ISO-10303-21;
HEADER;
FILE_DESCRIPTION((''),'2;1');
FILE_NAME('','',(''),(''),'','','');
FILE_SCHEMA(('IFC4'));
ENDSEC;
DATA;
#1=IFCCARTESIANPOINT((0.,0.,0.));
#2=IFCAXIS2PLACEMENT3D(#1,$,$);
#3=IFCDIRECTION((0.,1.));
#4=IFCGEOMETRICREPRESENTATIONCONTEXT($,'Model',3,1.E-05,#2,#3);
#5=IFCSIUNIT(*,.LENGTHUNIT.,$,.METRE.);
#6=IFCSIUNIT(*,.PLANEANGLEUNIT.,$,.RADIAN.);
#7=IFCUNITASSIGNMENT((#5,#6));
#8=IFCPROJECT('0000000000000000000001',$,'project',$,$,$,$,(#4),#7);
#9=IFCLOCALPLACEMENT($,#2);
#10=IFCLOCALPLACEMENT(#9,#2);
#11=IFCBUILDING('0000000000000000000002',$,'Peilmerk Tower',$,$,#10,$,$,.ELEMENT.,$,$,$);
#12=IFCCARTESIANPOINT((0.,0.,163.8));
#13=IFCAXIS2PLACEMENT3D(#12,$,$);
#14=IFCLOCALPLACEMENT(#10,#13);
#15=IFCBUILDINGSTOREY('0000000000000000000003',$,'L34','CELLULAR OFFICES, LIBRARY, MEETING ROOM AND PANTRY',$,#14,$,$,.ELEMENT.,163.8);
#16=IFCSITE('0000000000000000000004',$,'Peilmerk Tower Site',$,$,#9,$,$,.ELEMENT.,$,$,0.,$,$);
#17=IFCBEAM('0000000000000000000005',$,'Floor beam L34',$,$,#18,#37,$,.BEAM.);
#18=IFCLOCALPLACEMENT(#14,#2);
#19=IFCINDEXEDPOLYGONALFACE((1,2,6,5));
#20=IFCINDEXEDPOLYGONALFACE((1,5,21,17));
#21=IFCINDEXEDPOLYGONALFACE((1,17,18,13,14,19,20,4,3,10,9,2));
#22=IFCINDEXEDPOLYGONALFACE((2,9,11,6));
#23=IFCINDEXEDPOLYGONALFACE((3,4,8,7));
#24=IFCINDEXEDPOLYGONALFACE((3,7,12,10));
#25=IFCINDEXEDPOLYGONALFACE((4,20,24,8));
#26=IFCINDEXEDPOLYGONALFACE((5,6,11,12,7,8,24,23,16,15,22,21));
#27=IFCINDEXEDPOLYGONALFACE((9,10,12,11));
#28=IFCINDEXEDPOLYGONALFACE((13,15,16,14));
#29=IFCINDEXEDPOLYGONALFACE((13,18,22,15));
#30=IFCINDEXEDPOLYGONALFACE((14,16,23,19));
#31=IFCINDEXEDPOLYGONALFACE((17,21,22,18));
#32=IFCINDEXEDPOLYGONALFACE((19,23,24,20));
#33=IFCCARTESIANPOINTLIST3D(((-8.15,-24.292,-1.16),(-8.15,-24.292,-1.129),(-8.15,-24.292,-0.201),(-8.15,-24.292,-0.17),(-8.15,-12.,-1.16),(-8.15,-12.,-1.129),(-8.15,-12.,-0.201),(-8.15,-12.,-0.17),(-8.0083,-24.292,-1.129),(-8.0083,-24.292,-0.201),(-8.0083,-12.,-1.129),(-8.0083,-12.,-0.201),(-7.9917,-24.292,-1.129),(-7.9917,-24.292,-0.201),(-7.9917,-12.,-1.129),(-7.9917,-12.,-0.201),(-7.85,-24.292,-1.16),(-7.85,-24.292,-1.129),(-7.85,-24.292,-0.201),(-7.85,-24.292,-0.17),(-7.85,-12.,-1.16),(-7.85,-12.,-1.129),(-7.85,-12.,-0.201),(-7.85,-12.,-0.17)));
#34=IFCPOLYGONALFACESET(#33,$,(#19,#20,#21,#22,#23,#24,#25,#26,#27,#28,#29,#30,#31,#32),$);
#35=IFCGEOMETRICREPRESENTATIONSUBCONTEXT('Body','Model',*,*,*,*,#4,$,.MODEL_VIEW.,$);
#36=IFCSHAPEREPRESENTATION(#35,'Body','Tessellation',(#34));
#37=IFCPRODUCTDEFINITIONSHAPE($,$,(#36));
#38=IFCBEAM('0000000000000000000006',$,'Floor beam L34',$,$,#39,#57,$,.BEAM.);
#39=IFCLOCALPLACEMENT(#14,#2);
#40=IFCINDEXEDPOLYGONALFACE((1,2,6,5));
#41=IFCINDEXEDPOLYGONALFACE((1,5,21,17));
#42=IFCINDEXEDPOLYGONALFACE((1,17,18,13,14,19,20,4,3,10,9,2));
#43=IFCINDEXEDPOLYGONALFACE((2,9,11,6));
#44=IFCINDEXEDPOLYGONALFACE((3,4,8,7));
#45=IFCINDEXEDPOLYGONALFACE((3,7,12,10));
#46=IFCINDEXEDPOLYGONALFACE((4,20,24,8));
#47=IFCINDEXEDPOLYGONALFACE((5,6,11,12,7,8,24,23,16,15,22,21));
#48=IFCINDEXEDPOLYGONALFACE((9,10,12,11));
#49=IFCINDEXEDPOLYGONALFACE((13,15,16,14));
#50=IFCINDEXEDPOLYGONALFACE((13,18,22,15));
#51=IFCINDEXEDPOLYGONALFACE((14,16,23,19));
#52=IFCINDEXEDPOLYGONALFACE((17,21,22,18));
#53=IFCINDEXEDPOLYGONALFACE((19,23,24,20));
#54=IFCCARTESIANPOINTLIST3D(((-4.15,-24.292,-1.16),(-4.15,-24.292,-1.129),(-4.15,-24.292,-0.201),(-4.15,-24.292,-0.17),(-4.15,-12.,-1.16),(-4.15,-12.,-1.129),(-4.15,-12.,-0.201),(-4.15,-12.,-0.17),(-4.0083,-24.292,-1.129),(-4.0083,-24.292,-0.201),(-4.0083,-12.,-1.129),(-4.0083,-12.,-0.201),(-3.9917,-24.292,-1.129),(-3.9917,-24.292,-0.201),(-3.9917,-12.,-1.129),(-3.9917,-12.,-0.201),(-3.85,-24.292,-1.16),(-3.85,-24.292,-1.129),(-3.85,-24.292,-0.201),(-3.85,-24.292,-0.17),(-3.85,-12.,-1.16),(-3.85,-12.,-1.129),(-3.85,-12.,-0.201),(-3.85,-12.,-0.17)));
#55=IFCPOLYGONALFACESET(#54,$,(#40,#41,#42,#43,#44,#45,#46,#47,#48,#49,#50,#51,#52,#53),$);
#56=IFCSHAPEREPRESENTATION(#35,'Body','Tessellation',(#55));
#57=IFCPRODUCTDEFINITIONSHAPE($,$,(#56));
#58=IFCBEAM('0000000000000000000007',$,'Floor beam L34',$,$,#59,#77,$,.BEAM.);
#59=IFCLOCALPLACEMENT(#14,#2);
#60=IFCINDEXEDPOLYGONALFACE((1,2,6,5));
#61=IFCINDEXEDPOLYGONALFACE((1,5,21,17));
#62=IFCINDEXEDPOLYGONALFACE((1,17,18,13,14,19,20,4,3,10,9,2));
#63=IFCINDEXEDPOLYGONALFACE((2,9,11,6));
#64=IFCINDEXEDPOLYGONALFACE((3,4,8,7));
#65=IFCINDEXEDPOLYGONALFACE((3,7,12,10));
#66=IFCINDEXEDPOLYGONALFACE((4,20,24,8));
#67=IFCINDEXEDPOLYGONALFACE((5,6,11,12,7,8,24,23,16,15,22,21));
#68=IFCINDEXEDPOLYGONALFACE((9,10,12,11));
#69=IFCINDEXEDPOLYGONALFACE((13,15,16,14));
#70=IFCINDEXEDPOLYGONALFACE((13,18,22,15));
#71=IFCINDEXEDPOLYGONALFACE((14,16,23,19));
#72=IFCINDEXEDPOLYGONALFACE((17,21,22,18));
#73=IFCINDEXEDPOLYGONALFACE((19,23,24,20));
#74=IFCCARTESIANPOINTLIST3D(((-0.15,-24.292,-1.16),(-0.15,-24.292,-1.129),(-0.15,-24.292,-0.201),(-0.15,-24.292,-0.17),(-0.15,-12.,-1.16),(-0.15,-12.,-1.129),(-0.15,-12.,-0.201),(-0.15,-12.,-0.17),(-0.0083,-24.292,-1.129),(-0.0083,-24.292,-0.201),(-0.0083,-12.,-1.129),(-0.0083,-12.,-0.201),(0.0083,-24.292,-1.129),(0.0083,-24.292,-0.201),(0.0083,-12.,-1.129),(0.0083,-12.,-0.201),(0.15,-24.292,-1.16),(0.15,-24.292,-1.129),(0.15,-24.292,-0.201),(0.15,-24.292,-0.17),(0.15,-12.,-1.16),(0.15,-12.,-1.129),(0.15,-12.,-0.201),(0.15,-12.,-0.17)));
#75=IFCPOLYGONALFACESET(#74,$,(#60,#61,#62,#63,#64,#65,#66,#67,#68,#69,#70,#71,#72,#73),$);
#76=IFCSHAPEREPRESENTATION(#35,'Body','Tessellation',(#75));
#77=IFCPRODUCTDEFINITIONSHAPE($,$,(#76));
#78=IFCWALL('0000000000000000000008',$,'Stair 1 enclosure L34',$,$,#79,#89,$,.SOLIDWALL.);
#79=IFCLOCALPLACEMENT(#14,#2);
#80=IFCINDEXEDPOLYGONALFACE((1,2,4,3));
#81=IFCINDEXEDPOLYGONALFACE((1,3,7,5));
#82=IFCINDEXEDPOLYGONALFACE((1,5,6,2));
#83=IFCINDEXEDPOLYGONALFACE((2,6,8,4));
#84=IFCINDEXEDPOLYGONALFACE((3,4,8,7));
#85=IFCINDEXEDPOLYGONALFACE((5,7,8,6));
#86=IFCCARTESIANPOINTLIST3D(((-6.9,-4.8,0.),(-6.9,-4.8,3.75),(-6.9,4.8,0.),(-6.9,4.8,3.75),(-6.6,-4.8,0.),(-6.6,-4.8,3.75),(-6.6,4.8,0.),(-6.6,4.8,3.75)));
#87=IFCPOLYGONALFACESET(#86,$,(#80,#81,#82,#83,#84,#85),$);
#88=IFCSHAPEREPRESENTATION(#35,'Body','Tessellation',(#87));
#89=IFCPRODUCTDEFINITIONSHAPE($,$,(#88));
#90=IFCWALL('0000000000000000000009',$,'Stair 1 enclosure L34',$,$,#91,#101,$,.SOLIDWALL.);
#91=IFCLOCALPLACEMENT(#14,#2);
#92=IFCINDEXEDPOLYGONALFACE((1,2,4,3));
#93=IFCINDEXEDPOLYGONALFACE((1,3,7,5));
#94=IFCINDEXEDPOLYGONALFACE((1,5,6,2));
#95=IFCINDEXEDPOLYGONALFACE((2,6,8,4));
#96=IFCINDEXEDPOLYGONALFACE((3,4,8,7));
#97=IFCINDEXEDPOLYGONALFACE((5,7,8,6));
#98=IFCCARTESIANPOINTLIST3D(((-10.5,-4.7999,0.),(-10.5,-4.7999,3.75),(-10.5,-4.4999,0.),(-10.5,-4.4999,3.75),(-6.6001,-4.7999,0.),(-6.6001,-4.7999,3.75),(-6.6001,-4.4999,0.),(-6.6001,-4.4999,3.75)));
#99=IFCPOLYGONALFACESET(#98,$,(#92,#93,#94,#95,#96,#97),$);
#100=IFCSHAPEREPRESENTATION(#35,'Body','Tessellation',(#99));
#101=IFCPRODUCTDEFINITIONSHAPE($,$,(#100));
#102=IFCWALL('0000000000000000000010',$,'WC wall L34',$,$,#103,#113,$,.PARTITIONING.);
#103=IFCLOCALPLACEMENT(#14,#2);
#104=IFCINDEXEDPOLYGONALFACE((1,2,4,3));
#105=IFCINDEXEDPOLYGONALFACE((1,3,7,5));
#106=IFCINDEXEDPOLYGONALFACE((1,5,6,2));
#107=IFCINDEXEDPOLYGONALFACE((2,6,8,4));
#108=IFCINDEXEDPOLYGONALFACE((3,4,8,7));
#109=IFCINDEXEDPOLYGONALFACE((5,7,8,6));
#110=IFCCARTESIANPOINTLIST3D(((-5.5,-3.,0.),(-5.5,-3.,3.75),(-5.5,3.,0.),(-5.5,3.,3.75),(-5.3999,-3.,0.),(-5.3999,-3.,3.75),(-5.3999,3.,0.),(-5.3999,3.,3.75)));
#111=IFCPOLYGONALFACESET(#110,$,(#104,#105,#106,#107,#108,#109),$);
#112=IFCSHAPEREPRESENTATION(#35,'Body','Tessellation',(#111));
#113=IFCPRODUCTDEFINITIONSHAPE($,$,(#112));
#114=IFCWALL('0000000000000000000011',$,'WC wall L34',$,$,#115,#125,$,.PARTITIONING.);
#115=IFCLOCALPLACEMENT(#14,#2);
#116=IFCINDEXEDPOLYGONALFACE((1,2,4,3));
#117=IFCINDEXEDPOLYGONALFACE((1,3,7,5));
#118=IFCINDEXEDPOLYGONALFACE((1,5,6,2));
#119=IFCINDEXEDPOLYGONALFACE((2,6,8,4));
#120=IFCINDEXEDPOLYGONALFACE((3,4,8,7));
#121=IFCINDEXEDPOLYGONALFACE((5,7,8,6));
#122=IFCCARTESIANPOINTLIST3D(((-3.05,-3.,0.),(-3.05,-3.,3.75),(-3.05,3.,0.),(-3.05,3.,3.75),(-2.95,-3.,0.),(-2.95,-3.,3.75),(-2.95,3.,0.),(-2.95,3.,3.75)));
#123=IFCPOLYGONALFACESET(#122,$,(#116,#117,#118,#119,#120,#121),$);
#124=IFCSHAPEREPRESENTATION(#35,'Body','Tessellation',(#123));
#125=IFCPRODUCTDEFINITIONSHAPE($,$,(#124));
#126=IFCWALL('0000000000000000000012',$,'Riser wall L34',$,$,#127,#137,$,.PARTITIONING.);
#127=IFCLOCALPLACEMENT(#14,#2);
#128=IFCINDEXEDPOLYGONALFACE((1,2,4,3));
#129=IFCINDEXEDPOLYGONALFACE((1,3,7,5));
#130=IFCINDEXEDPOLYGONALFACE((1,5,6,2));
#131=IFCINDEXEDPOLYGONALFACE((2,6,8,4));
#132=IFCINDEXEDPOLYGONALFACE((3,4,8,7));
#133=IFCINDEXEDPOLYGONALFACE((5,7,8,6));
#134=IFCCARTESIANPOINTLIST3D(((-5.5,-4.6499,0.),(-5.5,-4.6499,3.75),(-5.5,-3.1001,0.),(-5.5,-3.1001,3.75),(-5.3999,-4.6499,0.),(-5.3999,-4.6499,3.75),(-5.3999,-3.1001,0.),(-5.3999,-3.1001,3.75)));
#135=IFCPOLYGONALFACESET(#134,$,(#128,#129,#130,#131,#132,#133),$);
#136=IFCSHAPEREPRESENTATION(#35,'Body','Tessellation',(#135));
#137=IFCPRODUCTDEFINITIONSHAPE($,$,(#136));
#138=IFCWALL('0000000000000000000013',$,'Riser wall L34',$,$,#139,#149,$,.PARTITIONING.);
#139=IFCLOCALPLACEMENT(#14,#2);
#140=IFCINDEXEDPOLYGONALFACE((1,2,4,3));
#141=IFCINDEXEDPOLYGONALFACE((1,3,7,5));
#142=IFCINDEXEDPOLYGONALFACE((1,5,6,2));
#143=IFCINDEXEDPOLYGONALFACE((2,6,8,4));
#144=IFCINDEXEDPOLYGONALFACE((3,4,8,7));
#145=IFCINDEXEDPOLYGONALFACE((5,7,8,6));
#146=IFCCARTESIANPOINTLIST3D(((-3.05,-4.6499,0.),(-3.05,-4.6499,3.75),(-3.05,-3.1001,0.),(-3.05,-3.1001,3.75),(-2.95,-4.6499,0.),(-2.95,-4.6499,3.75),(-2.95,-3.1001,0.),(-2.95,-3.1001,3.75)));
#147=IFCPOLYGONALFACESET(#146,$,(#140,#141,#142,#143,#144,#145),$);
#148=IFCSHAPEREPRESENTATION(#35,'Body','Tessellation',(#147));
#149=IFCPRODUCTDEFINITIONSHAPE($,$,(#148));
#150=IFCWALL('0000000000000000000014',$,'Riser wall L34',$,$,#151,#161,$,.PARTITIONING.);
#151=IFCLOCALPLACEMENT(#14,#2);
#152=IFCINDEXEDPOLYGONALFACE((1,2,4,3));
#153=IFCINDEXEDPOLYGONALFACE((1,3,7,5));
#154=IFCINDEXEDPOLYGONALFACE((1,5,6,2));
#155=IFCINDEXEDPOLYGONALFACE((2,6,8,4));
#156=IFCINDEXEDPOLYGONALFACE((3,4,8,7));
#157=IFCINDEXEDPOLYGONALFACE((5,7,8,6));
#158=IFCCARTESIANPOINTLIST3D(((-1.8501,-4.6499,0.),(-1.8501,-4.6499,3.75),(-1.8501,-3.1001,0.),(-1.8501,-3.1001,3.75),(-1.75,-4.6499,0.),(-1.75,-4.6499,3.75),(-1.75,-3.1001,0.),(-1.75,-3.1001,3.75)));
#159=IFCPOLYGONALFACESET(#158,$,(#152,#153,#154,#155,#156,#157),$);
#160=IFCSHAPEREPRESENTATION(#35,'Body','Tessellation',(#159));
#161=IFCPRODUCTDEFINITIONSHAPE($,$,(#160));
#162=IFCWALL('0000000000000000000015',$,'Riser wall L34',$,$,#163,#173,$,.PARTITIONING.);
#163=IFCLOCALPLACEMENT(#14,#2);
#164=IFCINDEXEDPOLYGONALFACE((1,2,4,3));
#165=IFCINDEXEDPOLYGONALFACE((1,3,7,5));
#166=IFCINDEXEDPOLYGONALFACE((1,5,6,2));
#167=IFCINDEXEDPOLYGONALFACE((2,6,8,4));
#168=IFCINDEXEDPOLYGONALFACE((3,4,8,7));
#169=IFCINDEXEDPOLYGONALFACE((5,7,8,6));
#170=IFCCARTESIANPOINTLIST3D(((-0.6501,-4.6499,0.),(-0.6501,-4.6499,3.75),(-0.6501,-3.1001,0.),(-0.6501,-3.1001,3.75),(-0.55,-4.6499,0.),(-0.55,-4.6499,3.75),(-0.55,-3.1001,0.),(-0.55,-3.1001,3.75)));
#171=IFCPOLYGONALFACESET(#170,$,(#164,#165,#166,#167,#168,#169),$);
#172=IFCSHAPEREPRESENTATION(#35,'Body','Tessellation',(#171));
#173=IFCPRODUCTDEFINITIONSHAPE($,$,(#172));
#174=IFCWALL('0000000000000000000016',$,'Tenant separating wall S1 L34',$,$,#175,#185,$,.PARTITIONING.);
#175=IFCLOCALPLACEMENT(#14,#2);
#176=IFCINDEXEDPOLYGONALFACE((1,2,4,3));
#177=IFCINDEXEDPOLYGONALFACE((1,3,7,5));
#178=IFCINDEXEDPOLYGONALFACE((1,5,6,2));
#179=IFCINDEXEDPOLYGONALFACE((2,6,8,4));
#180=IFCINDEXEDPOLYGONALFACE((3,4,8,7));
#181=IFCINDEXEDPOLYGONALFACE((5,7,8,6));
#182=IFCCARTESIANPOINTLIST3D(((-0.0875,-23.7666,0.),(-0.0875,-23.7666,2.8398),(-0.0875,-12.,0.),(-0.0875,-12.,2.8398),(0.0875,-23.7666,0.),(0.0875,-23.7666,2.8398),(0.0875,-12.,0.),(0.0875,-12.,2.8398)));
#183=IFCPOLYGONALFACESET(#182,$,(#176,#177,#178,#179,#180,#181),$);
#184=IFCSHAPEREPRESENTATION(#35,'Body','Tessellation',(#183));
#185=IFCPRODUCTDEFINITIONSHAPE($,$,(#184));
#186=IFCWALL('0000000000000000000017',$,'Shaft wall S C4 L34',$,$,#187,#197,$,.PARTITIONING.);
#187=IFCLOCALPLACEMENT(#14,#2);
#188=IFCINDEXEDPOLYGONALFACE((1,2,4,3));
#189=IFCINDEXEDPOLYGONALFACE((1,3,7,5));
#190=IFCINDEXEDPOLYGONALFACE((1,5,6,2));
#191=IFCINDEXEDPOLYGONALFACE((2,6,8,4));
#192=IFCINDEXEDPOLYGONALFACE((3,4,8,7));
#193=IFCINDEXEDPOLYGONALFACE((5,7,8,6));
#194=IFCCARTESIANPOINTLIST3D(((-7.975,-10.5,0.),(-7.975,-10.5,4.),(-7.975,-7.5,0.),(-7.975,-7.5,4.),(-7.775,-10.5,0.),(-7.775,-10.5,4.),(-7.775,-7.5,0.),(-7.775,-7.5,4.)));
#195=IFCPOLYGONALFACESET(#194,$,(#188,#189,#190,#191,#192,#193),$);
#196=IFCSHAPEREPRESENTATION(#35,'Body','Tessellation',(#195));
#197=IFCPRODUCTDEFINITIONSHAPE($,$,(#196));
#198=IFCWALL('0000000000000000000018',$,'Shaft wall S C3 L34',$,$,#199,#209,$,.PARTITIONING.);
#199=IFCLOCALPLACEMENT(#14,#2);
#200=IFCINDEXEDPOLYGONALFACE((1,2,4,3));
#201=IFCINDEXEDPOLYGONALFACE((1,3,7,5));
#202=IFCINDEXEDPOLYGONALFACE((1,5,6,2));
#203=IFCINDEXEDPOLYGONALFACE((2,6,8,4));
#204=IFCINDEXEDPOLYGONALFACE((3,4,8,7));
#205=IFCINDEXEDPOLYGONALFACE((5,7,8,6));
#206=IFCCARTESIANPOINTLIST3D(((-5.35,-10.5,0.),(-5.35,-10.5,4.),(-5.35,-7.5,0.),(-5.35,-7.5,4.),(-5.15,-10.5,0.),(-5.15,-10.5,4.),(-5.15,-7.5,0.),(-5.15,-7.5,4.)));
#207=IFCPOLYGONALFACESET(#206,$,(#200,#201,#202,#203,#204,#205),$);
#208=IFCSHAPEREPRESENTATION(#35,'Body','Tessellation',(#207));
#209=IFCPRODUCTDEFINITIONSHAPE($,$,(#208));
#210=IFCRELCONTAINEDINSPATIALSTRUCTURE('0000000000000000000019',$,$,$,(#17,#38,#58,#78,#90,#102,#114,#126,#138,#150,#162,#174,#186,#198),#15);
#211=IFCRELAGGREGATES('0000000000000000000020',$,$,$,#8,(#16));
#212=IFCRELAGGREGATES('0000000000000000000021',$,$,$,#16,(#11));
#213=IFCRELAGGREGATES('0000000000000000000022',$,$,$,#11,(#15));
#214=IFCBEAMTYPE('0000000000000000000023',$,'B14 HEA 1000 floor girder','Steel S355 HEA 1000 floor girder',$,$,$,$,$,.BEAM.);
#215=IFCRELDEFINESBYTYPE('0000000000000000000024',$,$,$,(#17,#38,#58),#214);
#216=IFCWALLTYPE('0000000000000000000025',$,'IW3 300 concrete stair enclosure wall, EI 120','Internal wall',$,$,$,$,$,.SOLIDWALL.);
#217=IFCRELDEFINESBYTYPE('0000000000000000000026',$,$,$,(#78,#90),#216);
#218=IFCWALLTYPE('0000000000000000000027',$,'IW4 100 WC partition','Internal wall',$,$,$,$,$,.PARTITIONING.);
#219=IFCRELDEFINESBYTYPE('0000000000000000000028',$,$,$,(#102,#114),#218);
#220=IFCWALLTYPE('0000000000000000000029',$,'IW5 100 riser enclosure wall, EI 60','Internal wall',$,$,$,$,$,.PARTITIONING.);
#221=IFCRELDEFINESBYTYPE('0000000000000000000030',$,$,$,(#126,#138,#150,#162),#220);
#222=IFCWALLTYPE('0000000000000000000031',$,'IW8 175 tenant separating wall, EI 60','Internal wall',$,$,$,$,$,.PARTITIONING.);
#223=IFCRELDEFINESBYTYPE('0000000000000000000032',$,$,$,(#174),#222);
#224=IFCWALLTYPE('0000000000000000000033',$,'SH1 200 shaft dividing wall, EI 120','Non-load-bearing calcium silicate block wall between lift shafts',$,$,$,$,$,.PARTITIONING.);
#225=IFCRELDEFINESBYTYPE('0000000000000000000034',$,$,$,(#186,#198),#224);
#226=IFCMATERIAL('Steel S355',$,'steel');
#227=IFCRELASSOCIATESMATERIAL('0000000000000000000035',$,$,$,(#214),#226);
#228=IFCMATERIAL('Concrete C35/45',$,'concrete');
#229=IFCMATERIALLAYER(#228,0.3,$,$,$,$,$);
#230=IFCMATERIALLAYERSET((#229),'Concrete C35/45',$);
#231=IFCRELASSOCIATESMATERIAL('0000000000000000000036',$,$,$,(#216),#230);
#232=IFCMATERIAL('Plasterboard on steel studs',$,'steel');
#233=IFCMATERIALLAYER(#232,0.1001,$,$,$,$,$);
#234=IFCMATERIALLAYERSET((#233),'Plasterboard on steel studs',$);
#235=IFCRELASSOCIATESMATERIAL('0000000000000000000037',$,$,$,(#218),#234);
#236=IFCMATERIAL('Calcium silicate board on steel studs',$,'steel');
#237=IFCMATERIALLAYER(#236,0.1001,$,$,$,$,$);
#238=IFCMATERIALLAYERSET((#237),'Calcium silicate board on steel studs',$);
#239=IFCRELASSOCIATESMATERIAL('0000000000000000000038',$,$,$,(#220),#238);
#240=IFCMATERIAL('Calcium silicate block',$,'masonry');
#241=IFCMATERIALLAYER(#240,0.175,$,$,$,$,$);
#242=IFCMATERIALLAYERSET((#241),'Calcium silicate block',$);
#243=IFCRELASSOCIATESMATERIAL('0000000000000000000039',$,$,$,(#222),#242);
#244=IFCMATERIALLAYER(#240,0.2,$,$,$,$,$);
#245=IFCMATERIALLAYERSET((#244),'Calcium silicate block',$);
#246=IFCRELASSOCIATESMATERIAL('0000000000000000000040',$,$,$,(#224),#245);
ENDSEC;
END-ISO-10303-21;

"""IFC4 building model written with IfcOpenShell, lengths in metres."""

from ifc_helpers import new_model, si_unit, direction, frame, frame_2d, origin, origin_2d, place, context, subcontext, project, spatial, rectangle, i_section, extrude, material, layer, layer_set, material_profile, profile_set, type_object, element, save


model = new_model("IFC4")

# Units and contexts
model_context = context("Model", 3, precision=1e-05, world=origin(), true_north=direction((0.0, 1.0)))
body_context = subcontext(model_context, "Body", "Model", "MODEL_VIEW")
ifc_project = project(units=[si_unit("LENGTHUNIT", "METRE"), si_unit("PLANEANGLEUNIT", "RADIAN")], contexts=[model_context])

# Site, building, storey
site_placement = place(None, origin())
site = spatial("IfcSite", under=ifc_project, at=site_placement, Name="Peilmerk Tower Site", CompositionType="ELEMENT", RefElevation=0.0)
building_placement = place(site_placement, origin())
building = spatial("IfcBuilding", under=site, at=building_placement, Name="Peilmerk Tower", CompositionType="ELEMENT")
storey_placement = place(building_placement, frame((0.0, 0.0, 163.8)))
storey = spatial("IfcBuildingStorey", under=building, at=storey_placement, Name="L34", Description="CELLULAR OFFICES, LIBRARY, MEETING ROOM AND PANTRY", CompositionType="ELEMENT", Elevation=163.8)

# Beams
ifc_material_1 = material(Name="Steel S355", Category="steel")
ifc_material_profile = material_profile(ifc_material_1, i_section(OverallWidth=0.3, OverallDepth=0.99, WebThickness=0.0166, FlangeThickness=0.031, at=origin_2d()), Name="HEA 1000")
ifc_profile_set = profile_set([ifc_material_profile], Name="Steel S355")
beam_type = type_object("IfcBeamType", Name="B14 HEA 1000 floor girder", Description="Steel S355 HEA 1000 floor girder", PredefinedType="BEAM", material=ifc_profile_set)
for number, where, z_axis, x_axis, name in (
    (1, (-8.0, -12.0, -0.665), (0.0, -1.0, 0.0), (1.0, 0.0, 0.0), "Floor beam L34"),
    (2, (-4.0, -12.0, -0.665), (0.0, -1.0, 0.0), (1.0, 0.0, 0.0), "Floor beam L34"),
    (3, (0.0, -12.0, -0.665), (0.0, -1.0, 0.0), (1.0, 0.0, 0.0), "Floor beam L34"),
):
    element("IfcBeam", number, at=place(storey_placement, frame(where, z_axis=z_axis, x_axis=x_axis)), inside=storey, type_object=beam_type, Name=name, PredefinedType="BEAM", context=body_context, shape_type="SweptSolid", body=[
        extrude(i_section(OverallWidth=0.3, OverallDepth=0.99, WebThickness=0.0166, FlangeThickness=0.031, at=origin_2d()), origin(), (0.0, 0.0, 1.0), 12.292),
    ])

# Walls
ifc_material_2 = material(Name="Concrete C35/45", Category="concrete")
ifc_layer_1 = layer(ifc_material_2, 0.3)
ifc_layer_set_1 = layer_set([ifc_layer_1], Name="Concrete C35/45")
wall_type_1 = type_object("IfcWallType", Name="IW3 300 concrete stair enclosure wall, EI 120", Description="Internal wall", PredefinedType="SOLIDWALL", material=ifc_layer_set_1)
wall_1_placement = place(storey_placement, frame((-6.75, -4.8, 0.0), z_axis=(0.0, 0.0, 1.0), x_axis=(0.0, 1.0, 0.0)))
element("IfcWall", 4, at=wall_1_placement, inside=storey, type_object=wall_type_1, Name="Stair 1 enclosure L34", PredefinedType="SOLIDWALL", context=body_context, shape_type="SweptSolid", body=[
    extrude(rectangle(XDim=9.6001, YDim=0.3, at=frame_2d((4.8, 0.0))), origin(), (0.0, 0.0, 1.0), 3.75),
])
wall_2_placement = place(storey_placement, frame((-6.6001, -4.6499, 0.0), z_axis=(0.0, 0.0, 1.0), x_axis=(-1.0, 0.0, 0.0)))
element("IfcWall", 5, at=wall_2_placement, inside=storey, type_object=wall_type_1, Name="Stair 1 enclosure L34", PredefinedType="SOLIDWALL", context=body_context, shape_type="SweptSolid", body=[
    extrude(rectangle(XDim=3.8999, YDim=0.3, at=frame_2d((1.95, 0.0))), origin(), (0.0, 0.0, 1.0), 3.75),
])
ifc_material_3 = material(Name="Plasterboard on steel studs", Category="steel")
ifc_layer_2 = layer(ifc_material_3, 0.1001)
ifc_layer_set_2 = layer_set([ifc_layer_2], Name="Plasterboard on steel studs")
wall_type_2 = type_object("IfcWallType", Name="IW4 100 WC partition", Description="Internal wall", PredefinedType="PARTITIONING", material=ifc_layer_set_2)
for number, where, z_axis, x_axis, name in (
    (6, (-5.45, -3.0, 0.0), (0.0, 0.0, 1.0), (0.0, 1.0, 0.0), "WC wall L34"),
    (7, (-3.0, -3.0, 0.0), (0.0, 0.0, 1.0), (0.0, 1.0, 0.0), "WC wall L34"),
):
    element("IfcWall", number, at=place(storey_placement, frame(where, z_axis=z_axis, x_axis=x_axis)), inside=storey, type_object=wall_type_2, Name=name, PredefinedType="PARTITIONING", context=body_context, shape_type="SweptSolid", body=[
        extrude(rectangle(XDim=6.0, YDim=0.1001, at=frame_2d((3.0, 0.0))), origin(), (0.0, 0.0, 1.0), 3.75),
    ])
ifc_material_4 = material(Name="Calcium silicate board on steel studs", Category="steel")
ifc_layer_3 = layer(ifc_material_4, 0.1001)
ifc_layer_set_3 = layer_set([ifc_layer_3], Name="Calcium silicate board on steel studs")
wall_type_3 = type_object("IfcWallType", Name="IW5 100 riser enclosure wall, EI 60", Description="Internal wall", PredefinedType="PARTITIONING", material=ifc_layer_set_3)
for number, where, z_axis, x_axis, name in (
    (8, (-5.45, -3.1001, 0.0), (0.0, 0.0, 1.0), (0.0, -1.0, 0.0), "Riser wall L34"),
    (9, (-3.0, -3.1001, 0.0), (0.0, 0.0, 1.0), (0.0, -1.0, 0.0), "Riser wall L34"),
    (10, (-1.8, -3.1001, 0.0), (0.0, 0.0, 1.0), (0.0, -1.0, 0.0), "Riser wall L34"),
    (11, (-0.6001, -3.1001, 0.0), (0.0, 0.0, 1.0), (0.0, -1.0, 0.0), "Riser wall L34"),
):
    element("IfcWall", number, at=place(storey_placement, frame(where, z_axis=z_axis, x_axis=x_axis)), inside=storey, type_object=wall_type_3, Name=name, PredefinedType="PARTITIONING", context=body_context, shape_type="SweptSolid", body=[
        extrude(rectangle(XDim=1.5498, YDim=0.1001, at=frame_2d((0.7749, 0.0))), origin(), (0.0, 0.0, 1.0), 3.75),
    ])
ifc_material_5 = material(Name="Calcium silicate block", Category="masonry")
ifc_layer_4 = layer(ifc_material_5, 0.175)
ifc_layer_set_4 = layer_set([ifc_layer_4], Name="Calcium silicate block")
wall_type_4 = type_object("IfcWallType", Name="IW8 175 tenant separating wall, EI 60", Description="Internal wall", PredefinedType="PARTITIONING", material=ifc_layer_set_4)
wall_3_placement = place(storey_placement, frame((0.0, -12.0, 0.0), z_axis=(0.0, 0.0, 1.0), x_axis=(0.0, -1.0, 0.0)))
element("IfcWall", 12, at=wall_3_placement, inside=storey, type_object=wall_type_4, Name="Tenant separating wall S1 L34", PredefinedType="PARTITIONING", context=body_context, shape_type="SweptSolid", body=[
    extrude(rectangle(XDim=11.7666, YDim=0.175, at=frame_2d((5.8833, 0.0))), origin(), (0.0, 0.0, 1.0), 2.8398),
])
ifc_layer_5 = layer(ifc_material_5, 0.2)
ifc_layer_set_5 = layer_set([ifc_layer_5], Name="Calcium silicate block")
wall_type_5 = type_object("IfcWallType", Name="SH1 200 shaft dividing wall, EI 120", Description="Non-load-bearing calcium silicate block wall between lift shafts", PredefinedType="PARTITIONING", material=ifc_layer_set_5)
for number, where, z_axis, x_axis, name in (
    (13, (-7.875, -10.5, 0.0), (0.0, 0.0, 1.0), (0.0, 1.0, 0.0), "Shaft wall S C4 L34"),
    (14, (-5.25, -10.5, 0.0), (0.0, 0.0, 1.0), (0.0, 1.0, 0.0), "Shaft wall S C3 L34"),
):
    element("IfcWall", number, at=place(storey_placement, frame(where, z_axis=z_axis, x_axis=x_axis)), inside=storey, type_object=wall_type_5, Name=name, PredefinedType="PARTITIONING", context=body_context, shape_type="SweptSolid", body=[
        extrude(rectangle(XDim=3.0, YDim=0.2, at=frame_2d((1.5, 0.0))), origin(), (0.0, 0.0, 1.0), 4.0),
    ])

save(model, "model.ifc")
